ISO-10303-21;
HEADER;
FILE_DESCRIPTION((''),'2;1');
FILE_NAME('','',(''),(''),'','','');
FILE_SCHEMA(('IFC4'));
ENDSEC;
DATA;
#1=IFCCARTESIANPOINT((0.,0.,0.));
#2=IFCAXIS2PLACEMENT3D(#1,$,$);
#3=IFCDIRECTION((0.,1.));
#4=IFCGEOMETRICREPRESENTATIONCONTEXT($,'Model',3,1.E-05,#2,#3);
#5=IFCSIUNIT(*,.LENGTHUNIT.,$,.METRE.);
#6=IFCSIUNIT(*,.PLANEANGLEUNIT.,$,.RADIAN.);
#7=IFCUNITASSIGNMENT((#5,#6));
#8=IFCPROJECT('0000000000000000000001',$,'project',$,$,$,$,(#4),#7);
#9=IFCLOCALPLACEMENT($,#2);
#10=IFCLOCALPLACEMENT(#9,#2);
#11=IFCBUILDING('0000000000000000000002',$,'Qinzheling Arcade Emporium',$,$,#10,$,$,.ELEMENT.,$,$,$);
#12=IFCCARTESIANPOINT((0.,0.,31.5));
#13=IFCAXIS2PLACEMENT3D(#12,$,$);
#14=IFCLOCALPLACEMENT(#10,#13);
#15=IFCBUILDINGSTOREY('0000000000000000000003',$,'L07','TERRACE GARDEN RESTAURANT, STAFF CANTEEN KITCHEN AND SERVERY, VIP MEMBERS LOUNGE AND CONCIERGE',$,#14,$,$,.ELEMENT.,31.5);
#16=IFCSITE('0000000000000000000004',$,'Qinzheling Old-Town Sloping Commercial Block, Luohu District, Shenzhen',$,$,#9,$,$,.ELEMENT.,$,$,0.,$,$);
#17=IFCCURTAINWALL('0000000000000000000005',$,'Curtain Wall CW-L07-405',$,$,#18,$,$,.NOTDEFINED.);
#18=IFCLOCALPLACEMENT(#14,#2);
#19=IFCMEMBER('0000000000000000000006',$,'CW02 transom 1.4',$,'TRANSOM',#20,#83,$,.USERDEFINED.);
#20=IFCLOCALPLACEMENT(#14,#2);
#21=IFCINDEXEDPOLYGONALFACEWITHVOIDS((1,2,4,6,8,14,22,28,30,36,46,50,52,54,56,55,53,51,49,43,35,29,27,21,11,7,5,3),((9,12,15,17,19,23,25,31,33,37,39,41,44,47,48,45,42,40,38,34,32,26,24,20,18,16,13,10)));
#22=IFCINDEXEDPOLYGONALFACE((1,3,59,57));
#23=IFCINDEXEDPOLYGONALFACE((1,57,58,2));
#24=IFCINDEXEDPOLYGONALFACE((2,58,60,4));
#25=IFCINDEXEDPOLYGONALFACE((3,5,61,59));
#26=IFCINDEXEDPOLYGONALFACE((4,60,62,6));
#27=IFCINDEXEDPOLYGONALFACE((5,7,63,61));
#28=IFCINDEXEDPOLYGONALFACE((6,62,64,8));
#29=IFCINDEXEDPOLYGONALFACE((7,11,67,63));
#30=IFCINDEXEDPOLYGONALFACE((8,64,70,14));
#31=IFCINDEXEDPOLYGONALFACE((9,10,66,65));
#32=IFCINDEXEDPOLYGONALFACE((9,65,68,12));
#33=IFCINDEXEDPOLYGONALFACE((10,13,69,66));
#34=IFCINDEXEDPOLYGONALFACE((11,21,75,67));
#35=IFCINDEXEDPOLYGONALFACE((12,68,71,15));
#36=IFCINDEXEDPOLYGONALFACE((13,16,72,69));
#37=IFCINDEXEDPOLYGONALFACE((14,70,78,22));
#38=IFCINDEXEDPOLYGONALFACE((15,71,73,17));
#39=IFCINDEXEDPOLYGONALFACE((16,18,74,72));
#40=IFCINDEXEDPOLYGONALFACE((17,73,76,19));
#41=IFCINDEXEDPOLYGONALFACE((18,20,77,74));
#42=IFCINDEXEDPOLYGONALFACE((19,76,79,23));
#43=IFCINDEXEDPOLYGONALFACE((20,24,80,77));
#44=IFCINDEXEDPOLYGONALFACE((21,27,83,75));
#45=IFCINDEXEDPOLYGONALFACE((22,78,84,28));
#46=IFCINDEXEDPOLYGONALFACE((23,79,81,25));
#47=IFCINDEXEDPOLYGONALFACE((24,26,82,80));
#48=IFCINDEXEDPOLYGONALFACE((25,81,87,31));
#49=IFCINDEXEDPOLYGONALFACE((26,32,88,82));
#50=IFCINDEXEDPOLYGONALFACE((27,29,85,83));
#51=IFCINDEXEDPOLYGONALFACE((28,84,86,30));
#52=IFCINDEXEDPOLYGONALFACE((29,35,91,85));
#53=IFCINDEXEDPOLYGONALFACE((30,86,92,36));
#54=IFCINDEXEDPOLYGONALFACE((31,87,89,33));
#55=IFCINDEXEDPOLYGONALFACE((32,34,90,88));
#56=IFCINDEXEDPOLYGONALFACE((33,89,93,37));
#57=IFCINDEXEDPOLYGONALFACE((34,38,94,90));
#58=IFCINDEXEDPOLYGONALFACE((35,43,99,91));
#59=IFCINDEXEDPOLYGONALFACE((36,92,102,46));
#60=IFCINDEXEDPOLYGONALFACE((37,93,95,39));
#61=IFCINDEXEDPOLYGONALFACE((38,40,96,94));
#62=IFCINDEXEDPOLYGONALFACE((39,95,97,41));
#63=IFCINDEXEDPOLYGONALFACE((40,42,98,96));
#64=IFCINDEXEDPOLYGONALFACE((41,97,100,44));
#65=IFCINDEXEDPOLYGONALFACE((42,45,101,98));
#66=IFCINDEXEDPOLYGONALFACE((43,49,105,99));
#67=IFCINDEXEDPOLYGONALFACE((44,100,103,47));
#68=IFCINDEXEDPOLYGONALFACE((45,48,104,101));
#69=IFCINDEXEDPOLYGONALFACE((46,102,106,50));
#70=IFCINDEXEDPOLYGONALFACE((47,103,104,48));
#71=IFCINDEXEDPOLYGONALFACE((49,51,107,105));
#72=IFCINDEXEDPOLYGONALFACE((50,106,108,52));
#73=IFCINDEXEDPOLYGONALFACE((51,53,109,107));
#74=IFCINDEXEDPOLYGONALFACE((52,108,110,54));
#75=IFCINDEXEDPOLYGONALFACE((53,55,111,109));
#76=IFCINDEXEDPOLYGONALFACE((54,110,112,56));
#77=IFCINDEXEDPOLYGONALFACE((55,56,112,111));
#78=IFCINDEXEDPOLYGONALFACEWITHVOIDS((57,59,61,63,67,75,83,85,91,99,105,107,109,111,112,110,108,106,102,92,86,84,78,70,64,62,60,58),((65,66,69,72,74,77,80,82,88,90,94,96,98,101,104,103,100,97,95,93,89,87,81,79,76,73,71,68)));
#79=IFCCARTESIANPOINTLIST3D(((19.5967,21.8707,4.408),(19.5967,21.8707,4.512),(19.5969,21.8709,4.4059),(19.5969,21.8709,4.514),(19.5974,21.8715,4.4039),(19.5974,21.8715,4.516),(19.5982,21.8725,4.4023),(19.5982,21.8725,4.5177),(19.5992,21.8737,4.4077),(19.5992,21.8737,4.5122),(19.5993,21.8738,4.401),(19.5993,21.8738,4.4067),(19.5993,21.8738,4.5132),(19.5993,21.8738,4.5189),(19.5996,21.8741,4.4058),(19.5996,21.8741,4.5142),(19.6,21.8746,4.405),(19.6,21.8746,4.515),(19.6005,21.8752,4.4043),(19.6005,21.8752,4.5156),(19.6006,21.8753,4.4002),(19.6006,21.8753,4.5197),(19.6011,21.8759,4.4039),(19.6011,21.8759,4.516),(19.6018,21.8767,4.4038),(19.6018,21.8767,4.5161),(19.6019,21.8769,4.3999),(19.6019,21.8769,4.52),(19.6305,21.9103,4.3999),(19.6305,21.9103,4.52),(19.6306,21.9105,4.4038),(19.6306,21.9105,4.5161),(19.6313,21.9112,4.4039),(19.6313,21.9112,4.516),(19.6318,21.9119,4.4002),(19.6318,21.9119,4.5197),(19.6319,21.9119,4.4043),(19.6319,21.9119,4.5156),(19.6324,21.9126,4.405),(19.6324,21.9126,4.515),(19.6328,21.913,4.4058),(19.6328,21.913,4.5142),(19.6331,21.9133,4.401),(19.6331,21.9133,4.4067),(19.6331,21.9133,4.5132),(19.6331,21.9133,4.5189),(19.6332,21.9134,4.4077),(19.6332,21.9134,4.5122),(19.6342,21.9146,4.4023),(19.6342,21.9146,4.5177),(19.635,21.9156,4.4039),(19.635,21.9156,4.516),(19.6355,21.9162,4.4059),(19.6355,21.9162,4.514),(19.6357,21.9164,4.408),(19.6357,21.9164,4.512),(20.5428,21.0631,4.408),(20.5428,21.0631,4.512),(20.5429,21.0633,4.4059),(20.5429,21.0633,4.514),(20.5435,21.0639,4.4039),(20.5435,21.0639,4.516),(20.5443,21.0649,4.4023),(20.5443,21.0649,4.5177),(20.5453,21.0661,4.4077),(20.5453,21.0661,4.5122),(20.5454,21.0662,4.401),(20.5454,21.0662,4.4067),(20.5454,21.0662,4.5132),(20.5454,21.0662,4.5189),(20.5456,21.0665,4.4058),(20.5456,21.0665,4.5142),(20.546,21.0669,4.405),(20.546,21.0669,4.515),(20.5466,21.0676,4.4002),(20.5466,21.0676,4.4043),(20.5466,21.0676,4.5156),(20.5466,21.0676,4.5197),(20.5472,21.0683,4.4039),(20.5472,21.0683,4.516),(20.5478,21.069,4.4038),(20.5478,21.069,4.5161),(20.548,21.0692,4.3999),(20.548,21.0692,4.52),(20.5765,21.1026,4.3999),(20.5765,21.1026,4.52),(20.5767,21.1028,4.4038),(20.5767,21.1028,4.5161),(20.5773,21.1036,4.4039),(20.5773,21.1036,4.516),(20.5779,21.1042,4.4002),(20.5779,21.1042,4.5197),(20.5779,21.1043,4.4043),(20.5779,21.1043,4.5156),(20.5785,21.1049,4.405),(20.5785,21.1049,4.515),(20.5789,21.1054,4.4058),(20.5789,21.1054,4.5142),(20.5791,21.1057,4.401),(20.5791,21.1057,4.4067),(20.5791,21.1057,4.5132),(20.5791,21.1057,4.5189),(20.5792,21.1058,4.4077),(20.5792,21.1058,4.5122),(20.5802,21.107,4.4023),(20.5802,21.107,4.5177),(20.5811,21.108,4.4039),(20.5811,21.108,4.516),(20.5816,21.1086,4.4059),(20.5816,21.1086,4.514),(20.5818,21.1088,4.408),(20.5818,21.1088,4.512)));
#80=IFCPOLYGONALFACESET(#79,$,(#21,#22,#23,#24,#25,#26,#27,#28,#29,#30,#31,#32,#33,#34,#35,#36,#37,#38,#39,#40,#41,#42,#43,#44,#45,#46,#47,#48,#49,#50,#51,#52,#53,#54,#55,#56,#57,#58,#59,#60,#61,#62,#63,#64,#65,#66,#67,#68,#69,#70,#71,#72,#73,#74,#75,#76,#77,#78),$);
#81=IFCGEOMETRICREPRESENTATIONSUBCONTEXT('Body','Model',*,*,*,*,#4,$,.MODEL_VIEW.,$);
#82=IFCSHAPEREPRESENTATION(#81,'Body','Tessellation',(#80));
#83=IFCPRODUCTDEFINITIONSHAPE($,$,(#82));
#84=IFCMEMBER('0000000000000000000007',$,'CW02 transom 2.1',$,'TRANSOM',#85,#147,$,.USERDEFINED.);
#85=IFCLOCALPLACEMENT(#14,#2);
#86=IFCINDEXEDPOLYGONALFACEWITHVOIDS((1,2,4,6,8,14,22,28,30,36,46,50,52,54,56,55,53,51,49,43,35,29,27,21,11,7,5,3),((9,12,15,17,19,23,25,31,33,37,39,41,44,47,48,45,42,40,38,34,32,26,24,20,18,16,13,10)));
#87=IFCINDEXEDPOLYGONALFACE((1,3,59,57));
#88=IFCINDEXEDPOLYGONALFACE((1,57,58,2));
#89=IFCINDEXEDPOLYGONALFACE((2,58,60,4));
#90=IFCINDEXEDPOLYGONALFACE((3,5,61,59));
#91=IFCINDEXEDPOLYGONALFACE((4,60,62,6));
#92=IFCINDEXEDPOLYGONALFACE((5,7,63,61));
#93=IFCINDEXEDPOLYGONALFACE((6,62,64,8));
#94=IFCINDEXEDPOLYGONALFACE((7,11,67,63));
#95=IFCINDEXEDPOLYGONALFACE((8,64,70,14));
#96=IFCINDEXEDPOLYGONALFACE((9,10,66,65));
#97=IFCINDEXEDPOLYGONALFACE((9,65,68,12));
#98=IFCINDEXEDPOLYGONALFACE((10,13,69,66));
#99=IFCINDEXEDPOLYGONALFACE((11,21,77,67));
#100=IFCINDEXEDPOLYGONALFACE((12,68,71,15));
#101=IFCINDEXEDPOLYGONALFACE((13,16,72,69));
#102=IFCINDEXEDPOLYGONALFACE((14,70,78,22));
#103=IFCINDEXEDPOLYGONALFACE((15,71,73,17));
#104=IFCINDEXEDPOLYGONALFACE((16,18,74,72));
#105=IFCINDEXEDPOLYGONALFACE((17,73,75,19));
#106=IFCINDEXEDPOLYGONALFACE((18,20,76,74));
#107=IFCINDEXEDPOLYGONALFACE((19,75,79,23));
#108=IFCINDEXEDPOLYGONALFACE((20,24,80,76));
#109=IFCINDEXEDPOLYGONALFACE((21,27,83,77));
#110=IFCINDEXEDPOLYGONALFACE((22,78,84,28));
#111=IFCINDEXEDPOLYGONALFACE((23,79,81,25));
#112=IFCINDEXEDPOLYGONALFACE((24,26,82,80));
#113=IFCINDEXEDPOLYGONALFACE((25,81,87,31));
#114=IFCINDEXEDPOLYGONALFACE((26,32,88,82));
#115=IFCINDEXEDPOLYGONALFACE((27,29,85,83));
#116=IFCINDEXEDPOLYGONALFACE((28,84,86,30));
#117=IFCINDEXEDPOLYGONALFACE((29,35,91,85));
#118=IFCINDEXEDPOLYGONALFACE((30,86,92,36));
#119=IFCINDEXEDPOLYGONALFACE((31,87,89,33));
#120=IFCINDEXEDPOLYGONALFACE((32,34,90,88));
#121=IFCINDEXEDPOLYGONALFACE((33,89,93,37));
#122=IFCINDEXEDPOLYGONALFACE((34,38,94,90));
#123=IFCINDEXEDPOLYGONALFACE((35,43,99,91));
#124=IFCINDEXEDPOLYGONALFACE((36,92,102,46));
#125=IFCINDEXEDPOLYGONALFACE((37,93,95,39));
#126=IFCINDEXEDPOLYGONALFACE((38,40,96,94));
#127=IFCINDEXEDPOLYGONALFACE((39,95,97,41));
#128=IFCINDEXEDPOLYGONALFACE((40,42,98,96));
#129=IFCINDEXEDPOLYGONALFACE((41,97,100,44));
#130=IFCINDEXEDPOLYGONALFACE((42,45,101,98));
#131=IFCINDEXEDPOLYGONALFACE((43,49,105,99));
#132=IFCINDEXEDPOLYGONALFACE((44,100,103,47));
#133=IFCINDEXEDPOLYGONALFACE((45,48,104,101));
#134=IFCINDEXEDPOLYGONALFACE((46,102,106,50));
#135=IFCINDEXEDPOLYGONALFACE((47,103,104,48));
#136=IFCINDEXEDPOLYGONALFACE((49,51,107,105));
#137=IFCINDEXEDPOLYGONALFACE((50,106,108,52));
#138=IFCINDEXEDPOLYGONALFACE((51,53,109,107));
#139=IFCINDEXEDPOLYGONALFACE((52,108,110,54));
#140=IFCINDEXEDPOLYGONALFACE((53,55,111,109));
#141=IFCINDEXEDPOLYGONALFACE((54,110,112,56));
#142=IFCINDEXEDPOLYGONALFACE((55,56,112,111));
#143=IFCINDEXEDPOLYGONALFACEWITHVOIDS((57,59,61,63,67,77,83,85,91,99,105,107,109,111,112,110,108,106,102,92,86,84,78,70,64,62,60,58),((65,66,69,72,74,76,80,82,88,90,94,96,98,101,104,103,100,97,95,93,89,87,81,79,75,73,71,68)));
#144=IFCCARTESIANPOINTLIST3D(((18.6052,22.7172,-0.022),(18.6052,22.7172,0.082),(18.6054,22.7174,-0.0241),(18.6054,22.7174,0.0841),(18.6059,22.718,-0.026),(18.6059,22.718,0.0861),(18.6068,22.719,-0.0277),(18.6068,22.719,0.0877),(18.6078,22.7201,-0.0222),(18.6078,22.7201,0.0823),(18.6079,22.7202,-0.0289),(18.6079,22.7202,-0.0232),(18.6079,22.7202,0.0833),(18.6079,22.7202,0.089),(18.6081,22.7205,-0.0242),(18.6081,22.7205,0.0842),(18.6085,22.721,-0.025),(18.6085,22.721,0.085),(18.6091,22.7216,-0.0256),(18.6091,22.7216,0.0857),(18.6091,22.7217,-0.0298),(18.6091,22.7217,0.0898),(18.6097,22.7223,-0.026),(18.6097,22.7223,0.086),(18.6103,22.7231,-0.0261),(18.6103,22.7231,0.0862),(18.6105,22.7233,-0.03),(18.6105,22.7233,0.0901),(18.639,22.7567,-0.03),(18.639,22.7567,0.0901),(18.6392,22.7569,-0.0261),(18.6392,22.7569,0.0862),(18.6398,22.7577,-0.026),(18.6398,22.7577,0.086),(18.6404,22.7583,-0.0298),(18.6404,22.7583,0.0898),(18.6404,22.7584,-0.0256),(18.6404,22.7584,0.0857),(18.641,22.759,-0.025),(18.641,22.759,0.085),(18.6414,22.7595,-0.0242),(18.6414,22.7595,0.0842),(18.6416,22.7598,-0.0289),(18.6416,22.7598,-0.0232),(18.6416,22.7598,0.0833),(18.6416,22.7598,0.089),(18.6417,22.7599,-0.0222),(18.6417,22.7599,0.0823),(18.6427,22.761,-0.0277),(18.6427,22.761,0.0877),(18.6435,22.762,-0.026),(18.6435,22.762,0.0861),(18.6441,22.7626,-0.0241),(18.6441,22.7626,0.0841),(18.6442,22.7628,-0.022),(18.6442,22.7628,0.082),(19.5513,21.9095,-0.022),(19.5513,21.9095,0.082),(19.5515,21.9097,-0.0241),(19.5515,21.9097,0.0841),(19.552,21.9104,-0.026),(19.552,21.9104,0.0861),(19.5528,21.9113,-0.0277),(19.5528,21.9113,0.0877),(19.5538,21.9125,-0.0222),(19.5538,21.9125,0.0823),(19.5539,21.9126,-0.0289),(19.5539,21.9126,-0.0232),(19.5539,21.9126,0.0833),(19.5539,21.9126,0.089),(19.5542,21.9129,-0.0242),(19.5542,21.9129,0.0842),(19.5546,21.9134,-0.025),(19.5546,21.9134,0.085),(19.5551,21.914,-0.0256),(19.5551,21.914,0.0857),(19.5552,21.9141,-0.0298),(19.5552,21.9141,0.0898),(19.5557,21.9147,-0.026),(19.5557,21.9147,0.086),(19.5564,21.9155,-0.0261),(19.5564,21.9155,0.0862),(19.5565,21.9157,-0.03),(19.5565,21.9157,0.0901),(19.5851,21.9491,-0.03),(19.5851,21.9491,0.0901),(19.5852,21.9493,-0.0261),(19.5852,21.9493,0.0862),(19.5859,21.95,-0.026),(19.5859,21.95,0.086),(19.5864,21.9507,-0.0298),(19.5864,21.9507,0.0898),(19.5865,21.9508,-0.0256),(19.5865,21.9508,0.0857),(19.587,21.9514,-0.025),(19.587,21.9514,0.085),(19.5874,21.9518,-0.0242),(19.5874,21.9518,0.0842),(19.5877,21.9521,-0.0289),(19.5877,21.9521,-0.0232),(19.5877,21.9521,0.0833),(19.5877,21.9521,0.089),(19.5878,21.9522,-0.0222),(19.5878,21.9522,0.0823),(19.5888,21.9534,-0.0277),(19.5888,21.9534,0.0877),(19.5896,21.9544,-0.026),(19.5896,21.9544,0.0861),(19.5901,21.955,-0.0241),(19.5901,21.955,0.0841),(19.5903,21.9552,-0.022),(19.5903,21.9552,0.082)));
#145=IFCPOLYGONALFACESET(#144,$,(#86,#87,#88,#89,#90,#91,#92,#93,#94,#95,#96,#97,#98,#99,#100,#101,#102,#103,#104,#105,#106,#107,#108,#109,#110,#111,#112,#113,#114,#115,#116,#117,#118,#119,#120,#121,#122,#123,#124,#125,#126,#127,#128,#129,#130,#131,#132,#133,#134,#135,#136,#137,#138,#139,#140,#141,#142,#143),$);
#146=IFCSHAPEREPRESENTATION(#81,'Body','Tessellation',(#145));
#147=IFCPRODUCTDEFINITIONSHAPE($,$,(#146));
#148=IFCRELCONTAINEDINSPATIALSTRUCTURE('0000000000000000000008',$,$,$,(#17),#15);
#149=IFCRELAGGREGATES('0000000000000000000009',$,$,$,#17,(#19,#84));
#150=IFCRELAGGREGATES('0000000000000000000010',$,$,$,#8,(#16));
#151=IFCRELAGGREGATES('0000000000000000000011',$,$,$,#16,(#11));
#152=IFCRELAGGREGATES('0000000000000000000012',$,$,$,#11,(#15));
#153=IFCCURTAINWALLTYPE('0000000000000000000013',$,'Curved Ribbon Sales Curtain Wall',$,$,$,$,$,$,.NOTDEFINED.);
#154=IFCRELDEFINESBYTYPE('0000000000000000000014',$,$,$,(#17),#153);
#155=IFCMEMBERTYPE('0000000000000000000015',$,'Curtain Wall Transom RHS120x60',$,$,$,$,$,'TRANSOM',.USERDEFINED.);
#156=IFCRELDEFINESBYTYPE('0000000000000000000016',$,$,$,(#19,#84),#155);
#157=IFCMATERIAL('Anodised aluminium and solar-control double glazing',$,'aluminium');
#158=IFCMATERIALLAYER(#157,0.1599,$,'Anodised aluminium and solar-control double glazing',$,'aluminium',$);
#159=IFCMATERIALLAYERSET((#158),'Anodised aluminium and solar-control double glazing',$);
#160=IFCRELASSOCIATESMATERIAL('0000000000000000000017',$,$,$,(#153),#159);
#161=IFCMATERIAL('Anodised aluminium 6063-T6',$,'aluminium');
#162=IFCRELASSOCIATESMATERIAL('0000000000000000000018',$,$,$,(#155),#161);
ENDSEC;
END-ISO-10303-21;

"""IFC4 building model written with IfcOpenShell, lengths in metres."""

from ifc_helpers import new_model, si_unit, direction, frame, origin, origin_2d, place, context, subcontext, project, spatial, hollow_rectangle, extrude, material, layer, layer_set, material_profile, profile_set, type_object, element, aggregate, save


model = new_model("IFC4")

# Units and contexts
model_context = context("Model", 3, precision=1e-05, world=origin(), true_north=direction((0.0, 1.0)))
body_context = subcontext(model_context, "Body", "Model", "MODEL_VIEW")
ifc_project = project(units=[si_unit("LENGTHUNIT", "METRE"), si_unit("PLANEANGLEUNIT", "RADIAN")], contexts=[model_context])

# Site, building, storey
site_placement = place(None, origin())
site = spatial("IfcSite", under=ifc_project, at=site_placement, Name="Qinzheling Old-Town Sloping Commercial Block, Luohu District, Shenzhen", CompositionType="ELEMENT", RefElevation=0.0)
building_placement = place(site_placement, origin())
building = spatial("IfcBuilding", under=site, at=building_placement, Name="Qinzheling Arcade Emporium", CompositionType="ELEMENT")
storey_placement = place(building_placement, frame((0.0, 0.0, 31.5)))
storey = spatial("IfcBuildingStorey", under=building, at=storey_placement, Name="L07", Description="TERRACE GARDEN RESTAURANT, STAFF CANTEEN KITCHEN AND SERVERY, VIP MEMBERS LOUNGE AND CONCIERGE", CompositionType="ELEMENT", Elevation=31.5)

# Shared definitions
ifc_material_1 = material(Name="Anodised aluminium and solar-control double glazing", Category="aluminium")
ifc_layer_1 = layer(ifc_material_1, 0.1599, Name="Anodised aluminium and solar-control double glazing", Category="aluminium")
ifc_layer_set_1 = layer_set([ifc_layer_1], Name="Anodised aluminium and solar-control double glazing")
curtain_wall_type = type_object("IfcCurtainWallType", Name="Curved Ribbon Sales Curtain Wall", PredefinedType="NOTDEFINED", material=ifc_layer_set_1)
ifc_material_2 = material(Name="Anodised aluminium 6063-T6", Category="aluminium")

# Curtain wall
curtain_wall_1_placement = place(storey_placement, origin())
curtain_wall_1 = element("IfcCurtainWall", 1, at=curtain_wall_1_placement, inside=storey, type_object=curtain_wall_type, Name="Curtain Wall CW-L07-405", PredefinedType="NOTDEFINED")

# Members
ifc_material_profile_1 = material_profile(ifc_material_2, hollow_rectangle(XDim=0.0601, YDim=0.1201, WallThickness=0.0039, InnerFilletRadius=0.0039, OuterFilletRadius=0.0081, at=origin_2d()), Name="RHS 120x60x4", Category="aluminium")
ifc_profile_set_1 = profile_set([ifc_material_profile_1], Name="Anodised aluminium 6063-T6")
member_type_1 = type_object("IfcMemberType", Name="Curtain Wall Transom RHS120x60", ElementType="TRANSOM", PredefinedType="USERDEFINED", material=ifc_profile_set_1)
member_1_placement = place(storey_placement, frame((20.5623, 21.0859, 4.46), z_axis=(-0.760557, 0.649271, 0.0), x_axis=(-0.649271, -0.760557, 0.0)))
member_1 = element("IfcMember", 2, at=member_1_placement, type_object=member_type_1, Name="CW02 transom 1.4", ObjectType="TRANSOM", PredefinedType="USERDEFINED", context=body_context, shape_type="SweptSolid", body=[
    extrude(hollow_rectangle(XDim=0.0601, YDim=0.1201, WallThickness=0.0039, InnerFilletRadius=0.0039, OuterFilletRadius=0.0081, at=origin_2d()), origin(), (0.0, 0.0, 1.0), 1.2439),
])
member_2_placement = place(storey_placement, frame((19.5708, 21.9324, 0.03), z_axis=(-0.760557, 0.649271, 0.0), x_axis=(-0.649271, -0.760557, 0.0)))
member_2 = element("IfcMember", 3, at=member_2_placement, type_object=member_type_1, Name="CW02 transom 2.1", ObjectType="TRANSOM", PredefinedType="USERDEFINED", context=body_context, shape_type="SweptSolid", body=[
    extrude(hollow_rectangle(XDim=0.0601, YDim=0.1201, WallThickness=0.0039, InnerFilletRadius=0.0039, OuterFilletRadius=0.0081, at=origin_2d()), origin(), (0.0, 0.0, 1.0), 1.2439),
])

aggregate(curtain_wall_1, [member_1, member_2])

save(model, "model.ifc")
